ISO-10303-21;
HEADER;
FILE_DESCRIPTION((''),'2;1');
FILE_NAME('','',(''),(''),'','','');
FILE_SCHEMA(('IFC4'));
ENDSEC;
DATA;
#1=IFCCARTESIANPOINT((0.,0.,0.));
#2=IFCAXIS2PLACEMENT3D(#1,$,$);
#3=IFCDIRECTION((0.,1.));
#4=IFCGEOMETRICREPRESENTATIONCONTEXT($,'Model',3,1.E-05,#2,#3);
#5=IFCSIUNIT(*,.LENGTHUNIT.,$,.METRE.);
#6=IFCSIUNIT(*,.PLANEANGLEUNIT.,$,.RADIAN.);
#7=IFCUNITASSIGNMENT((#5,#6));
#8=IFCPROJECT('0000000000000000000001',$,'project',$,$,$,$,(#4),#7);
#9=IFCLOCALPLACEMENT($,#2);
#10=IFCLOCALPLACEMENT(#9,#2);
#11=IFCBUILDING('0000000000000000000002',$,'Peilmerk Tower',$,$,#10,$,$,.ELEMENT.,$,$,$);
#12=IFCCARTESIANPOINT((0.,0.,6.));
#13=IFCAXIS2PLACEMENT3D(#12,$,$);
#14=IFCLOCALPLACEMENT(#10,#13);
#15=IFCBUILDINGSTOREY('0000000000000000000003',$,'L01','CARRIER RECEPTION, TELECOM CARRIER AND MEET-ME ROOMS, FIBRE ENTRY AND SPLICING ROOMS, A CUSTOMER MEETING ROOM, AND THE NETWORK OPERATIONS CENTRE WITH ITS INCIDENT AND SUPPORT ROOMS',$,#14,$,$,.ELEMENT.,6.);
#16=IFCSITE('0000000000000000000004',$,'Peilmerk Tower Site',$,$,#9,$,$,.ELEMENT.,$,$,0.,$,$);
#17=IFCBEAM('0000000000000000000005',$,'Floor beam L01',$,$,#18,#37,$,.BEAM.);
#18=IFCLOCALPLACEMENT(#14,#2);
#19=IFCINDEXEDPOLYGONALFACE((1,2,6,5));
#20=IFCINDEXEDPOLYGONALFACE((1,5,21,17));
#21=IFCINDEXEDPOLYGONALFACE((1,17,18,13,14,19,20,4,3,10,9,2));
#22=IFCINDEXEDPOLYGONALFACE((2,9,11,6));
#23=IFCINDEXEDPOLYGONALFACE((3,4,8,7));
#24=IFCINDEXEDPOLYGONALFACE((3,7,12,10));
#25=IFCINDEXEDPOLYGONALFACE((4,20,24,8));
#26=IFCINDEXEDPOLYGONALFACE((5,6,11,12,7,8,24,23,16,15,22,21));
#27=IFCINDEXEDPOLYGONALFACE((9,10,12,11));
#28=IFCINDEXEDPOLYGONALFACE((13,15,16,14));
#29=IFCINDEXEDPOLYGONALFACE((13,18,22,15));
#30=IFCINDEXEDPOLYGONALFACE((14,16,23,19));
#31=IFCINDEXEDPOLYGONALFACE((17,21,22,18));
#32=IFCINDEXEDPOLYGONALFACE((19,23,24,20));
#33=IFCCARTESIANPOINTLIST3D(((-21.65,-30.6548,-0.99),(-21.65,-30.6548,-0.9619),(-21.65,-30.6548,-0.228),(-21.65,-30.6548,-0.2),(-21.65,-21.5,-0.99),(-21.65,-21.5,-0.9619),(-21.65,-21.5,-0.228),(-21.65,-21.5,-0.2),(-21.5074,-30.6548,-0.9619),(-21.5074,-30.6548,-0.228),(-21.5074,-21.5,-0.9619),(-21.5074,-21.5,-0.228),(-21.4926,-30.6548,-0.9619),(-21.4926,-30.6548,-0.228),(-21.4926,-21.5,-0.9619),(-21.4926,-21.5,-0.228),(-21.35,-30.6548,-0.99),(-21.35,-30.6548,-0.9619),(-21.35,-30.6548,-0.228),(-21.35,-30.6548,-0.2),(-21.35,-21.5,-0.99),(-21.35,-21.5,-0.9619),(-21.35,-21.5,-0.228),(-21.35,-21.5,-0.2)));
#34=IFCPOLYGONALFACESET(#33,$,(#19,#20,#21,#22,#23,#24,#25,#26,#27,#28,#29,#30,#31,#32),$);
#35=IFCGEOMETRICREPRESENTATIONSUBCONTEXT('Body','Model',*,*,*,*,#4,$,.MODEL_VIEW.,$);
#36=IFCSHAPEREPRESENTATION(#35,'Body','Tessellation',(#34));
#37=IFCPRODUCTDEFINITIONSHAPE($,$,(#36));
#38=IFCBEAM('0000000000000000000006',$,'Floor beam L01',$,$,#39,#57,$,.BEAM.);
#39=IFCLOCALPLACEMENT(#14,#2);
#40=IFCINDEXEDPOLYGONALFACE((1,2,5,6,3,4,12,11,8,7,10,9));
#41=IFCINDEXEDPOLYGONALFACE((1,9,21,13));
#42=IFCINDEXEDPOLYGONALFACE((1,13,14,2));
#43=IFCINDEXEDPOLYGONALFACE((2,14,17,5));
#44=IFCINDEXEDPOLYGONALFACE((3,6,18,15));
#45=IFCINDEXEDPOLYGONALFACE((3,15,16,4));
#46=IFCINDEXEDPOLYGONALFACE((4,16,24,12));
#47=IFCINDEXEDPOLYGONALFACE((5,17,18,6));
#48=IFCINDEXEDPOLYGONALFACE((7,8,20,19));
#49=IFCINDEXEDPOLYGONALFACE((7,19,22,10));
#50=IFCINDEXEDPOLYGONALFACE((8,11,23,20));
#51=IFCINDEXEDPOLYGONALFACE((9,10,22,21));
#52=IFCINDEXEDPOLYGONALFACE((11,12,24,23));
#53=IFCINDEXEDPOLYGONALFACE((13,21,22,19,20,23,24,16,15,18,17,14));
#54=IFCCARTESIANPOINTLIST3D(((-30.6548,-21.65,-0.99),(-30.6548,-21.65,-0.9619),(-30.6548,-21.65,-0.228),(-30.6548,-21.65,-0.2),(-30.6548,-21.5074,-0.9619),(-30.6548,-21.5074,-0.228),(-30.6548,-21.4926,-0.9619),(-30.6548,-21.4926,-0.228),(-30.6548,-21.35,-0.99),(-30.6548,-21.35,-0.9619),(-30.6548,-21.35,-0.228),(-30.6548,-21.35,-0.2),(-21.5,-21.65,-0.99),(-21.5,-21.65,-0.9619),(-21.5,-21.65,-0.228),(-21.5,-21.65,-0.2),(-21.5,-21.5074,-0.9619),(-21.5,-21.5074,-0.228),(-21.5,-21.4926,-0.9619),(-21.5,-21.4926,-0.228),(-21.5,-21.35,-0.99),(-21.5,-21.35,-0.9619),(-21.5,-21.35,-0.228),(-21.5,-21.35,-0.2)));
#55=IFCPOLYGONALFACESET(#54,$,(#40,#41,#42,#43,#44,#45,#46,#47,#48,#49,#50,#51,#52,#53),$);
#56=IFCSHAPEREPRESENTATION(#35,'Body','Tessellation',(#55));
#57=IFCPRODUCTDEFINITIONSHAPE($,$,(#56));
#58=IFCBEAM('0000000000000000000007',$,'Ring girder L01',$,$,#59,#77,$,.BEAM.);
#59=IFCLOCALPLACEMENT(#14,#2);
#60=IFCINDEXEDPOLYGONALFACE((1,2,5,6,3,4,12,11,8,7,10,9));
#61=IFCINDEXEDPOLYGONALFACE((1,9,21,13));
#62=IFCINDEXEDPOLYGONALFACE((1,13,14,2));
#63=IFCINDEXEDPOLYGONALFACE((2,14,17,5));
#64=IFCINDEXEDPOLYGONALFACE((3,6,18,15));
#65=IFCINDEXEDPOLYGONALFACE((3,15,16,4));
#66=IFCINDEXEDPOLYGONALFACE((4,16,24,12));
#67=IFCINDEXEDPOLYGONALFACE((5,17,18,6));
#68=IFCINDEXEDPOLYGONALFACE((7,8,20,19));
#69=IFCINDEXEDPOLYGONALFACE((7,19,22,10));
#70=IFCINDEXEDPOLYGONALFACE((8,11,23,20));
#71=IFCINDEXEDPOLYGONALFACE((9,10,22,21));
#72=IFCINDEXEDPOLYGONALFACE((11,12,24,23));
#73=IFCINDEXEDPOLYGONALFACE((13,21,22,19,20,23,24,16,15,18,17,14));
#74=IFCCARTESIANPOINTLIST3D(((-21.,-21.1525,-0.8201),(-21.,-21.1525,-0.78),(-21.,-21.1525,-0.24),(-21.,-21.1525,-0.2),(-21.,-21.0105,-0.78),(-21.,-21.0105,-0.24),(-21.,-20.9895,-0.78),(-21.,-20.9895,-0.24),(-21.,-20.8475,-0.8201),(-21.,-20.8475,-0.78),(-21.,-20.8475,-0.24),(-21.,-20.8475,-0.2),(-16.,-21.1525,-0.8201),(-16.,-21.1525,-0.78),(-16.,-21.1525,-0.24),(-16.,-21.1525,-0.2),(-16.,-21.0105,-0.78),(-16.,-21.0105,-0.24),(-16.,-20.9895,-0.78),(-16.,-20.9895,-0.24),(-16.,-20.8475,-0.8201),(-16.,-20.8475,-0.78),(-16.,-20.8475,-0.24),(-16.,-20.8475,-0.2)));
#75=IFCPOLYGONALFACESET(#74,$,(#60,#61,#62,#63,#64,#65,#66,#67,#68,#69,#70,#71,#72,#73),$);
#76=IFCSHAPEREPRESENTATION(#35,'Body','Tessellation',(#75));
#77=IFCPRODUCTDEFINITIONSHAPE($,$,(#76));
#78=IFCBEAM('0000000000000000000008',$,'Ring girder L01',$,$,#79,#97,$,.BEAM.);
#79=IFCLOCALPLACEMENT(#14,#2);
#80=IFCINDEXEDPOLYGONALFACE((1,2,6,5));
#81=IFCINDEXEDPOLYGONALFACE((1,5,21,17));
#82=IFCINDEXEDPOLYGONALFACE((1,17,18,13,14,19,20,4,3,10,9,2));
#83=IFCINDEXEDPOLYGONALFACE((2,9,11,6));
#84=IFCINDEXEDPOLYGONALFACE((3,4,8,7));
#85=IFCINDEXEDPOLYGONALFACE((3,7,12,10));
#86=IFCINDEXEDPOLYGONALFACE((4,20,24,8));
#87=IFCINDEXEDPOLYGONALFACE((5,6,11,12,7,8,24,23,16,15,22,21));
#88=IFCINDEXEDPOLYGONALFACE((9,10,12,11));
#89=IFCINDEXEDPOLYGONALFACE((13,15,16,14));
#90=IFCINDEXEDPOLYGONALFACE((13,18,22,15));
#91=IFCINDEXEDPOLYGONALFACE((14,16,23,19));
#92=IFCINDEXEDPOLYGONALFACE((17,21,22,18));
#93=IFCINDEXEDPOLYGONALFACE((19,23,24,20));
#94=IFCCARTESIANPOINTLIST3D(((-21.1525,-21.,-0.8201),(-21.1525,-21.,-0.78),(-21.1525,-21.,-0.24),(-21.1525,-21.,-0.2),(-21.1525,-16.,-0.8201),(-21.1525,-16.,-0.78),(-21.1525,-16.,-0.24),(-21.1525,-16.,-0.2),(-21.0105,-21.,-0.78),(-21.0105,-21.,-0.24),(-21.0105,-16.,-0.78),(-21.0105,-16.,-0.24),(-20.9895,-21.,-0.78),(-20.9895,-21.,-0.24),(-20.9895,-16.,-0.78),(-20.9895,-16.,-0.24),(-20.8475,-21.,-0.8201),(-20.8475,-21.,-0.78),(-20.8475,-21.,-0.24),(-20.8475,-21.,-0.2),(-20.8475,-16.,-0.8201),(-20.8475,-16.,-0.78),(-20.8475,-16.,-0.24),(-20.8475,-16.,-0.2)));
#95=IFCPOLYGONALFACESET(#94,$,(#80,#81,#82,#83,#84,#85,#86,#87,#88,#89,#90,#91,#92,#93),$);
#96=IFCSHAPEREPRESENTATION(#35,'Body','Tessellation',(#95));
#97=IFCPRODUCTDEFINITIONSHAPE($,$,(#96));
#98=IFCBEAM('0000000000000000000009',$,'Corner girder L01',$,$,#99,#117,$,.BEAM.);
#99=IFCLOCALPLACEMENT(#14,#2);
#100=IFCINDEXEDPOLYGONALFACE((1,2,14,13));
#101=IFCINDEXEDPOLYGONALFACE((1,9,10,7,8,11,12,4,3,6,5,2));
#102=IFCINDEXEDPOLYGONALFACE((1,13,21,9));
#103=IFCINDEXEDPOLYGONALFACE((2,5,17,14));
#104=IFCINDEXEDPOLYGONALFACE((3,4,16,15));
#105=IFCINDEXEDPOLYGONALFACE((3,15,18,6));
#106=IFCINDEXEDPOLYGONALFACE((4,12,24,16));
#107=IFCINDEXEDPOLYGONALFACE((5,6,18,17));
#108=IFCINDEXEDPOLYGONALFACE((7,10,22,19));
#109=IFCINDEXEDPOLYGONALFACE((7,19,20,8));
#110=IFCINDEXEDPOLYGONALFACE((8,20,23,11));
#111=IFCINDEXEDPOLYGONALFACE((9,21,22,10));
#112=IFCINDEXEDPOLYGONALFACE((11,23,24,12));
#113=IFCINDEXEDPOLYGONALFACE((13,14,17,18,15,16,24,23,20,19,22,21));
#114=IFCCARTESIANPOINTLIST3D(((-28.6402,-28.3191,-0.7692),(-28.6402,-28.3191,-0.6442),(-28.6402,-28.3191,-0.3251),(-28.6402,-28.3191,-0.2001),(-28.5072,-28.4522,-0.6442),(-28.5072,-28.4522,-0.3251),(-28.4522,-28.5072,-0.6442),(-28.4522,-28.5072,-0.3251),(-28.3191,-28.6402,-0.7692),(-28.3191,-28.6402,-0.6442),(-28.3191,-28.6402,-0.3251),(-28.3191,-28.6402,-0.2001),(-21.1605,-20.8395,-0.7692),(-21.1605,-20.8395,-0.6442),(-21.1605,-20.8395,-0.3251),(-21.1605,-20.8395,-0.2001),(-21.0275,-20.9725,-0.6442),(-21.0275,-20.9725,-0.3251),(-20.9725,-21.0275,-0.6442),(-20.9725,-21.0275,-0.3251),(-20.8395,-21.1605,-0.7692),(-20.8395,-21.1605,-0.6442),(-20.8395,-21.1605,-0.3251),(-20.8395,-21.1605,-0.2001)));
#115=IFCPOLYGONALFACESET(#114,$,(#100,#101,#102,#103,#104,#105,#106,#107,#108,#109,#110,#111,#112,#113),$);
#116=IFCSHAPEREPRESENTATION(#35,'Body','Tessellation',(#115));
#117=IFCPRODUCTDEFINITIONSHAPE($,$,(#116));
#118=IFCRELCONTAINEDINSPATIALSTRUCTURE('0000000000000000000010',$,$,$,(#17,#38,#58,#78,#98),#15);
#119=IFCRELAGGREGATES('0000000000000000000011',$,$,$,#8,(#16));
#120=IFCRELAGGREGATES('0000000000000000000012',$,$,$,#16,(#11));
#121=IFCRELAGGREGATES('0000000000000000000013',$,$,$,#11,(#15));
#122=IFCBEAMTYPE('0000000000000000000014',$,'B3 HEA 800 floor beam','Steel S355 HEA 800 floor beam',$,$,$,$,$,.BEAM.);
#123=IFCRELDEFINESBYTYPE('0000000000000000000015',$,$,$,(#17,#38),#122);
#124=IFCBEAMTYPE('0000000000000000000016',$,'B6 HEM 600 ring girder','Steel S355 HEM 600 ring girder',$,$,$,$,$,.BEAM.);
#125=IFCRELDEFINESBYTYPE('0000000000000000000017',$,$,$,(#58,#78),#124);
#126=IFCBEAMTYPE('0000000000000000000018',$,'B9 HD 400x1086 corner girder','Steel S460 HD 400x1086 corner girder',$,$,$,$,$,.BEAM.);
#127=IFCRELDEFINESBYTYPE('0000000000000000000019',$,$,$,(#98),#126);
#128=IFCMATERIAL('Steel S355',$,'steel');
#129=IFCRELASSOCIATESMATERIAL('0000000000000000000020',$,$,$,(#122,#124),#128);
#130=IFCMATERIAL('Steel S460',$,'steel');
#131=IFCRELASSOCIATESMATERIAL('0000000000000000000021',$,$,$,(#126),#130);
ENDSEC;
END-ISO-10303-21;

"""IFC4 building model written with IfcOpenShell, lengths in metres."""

from ifc_helpers import new_model, si_unit, direction, frame, origin, origin_2d, place, context, subcontext, project, spatial, i_section, extrude, material, material_profile, profile_set, type_object, element, save


model = new_model("IFC4")

# Units and contexts
model_context = context("Model", 3, precision=1e-05, world=origin(), true_north=direction((0.0, 1.0)))
body_context = subcontext(model_context, "Body", "Model", "MODEL_VIEW")
ifc_project = project(units=[si_unit("LENGTHUNIT", "METRE"), si_unit("PLANEANGLEUNIT", "RADIAN")], contexts=[model_context])

# Site, building, storey
site_placement = place(None, origin())
site = spatial("IfcSite", under=ifc_project, at=site_placement, Name="Peilmerk Tower Site", CompositionType="ELEMENT", RefElevation=0.0)
building_placement = place(site_placement, origin())
building = spatial("IfcBuilding", under=site, at=building_placement, Name="Peilmerk Tower", CompositionType="ELEMENT")
storey_placement = place(building_placement, frame((0.0, 0.0, 6.0)))
storey = spatial("IfcBuildingStorey", under=building, at=storey_placement, Name="L01", Description="CARRIER RECEPTION, TELECOM CARRIER AND MEET-ME ROOMS, FIBRE ENTRY AND SPLICING ROOMS, A CUSTOMER MEETING ROOM, AND THE NETWORK OPERATIONS CENTRE WITH ITS INCIDENT AND SUPPORT ROOMS", CompositionType="ELEMENT", Elevation=6.0)

# Beams
ifc_material_1 = material(Name="Steel S355", Category="steel")
ifc_material_profile_1 = material_profile(ifc_material_1, i_section(OverallWidth=0.3, OverallDepth=0.79, WebThickness=0.0149, FlangeThickness=0.0281, at=origin_2d()), Name="HEA 800")
ifc_profile_set_1 = profile_set([ifc_material_profile_1], Name="Steel S355")
beam_type_1 = type_object("IfcBeamType", Name="B3 HEA 800 floor beam", Description="Steel S355 HEA 800 floor beam", PredefinedType="BEAM", material=ifc_profile_set_1)
for number, where, z_axis, x_axis, name in (
    (1, (-21.5, -21.5, -0.595), (0.0, -1.0, 0.0), (1.0, 0.0, 0.0), "Floor beam L01"),
    (2, (-21.5, -21.5, -0.595), (-1.0, 0.0, 0.0), (0.0, -1.0, 0.0), "Floor beam L01"),
):
    element("IfcBeam", number, at=place(storey_placement, frame(where, z_axis=z_axis, x_axis=x_axis)), inside=storey, type_object=beam_type_1, Name=name, PredefinedType="BEAM", context=body_context, shape_type="SweptSolid", body=[
        extrude(i_section(OverallWidth=0.3, OverallDepth=0.79, WebThickness=0.0149, FlangeThickness=0.0281, at=origin_2d()), origin(), (0.0, 0.0, 1.0), 9.1548),
    ])
ifc_material_profile_2 = material_profile(ifc_material_1, i_section(OverallWidth=0.3049, OverallDepth=0.6201, WebThickness=0.021, FlangeThickness=0.04, at=origin_2d()), Name="HEM 600")
ifc_profile_set_2 = profile_set([ifc_material_profile_2], Name="Steel S355")
beam_type_2 = type_object("IfcBeamType", Name="B6 HEM 600 ring girder", Description="Steel S355 HEM 600 ring girder", PredefinedType="BEAM", material=ifc_profile_set_2)
for number, where, z_axis, x_axis, name in (
    (3, (-21.0, -21.0, -0.51), (1.0, 0.0, 0.0), (0.0, 1.0, 0.0), "Ring girder L01"),
    (4, (-21.0, -16.0, -0.51), (0.0, -1.0, 0.0), (1.0, 0.0, 0.0), "Ring girder L01"),
):
    element("IfcBeam", number, at=place(storey_placement, frame(where, z_axis=z_axis, x_axis=x_axis)), inside=storey, type_object=beam_type_2, Name=name, PredefinedType="BEAM", context=body_context, shape_type="SweptSolid", body=[
        extrude(i_section(OverallWidth=0.3049, OverallDepth=0.6201, WebThickness=0.021, FlangeThickness=0.04, at=origin_2d()), origin(), (0.0, 0.0, 1.0), 5.0),
    ])
ifc_material_2 = material(Name="Steel S460", Category="steel")
ifc_material_profile_3 = material_profile(ifc_material_2, i_section(OverallWidth=0.4541, OverallDepth=0.5691, WebThickness=0.0779, FlangeThickness=0.125, at=origin_2d()), Name="HD 400x1086")
ifc_profile_set_3 = profile_set([ifc_material_profile_3], Name="Steel S460")
beam_type_3 = type_object("IfcBeamType", Name="B9 HD 400x1086 corner girder", Description="Steel S460 HD 400x1086 corner girder", PredefinedType="BEAM", material=ifc_profile_set_3)
beam_1_placement = place(storey_placement, frame((-21.0, -21.0, -0.4846), z_axis=(-0.707107, -0.707107, 0.0), x_axis=(0.707107, -0.707107, 0.0)))
element("IfcBeam", 5, at=beam_1_placement, inside=storey, type_object=beam_type_3, Name="Corner girder L01", PredefinedType="BEAM", context=body_context, shape_type="SweptSolid", body=[
    extrude(i_section(OverallWidth=0.4541, OverallDepth=0.5691, WebThickness=0.0779, FlangeThickness=0.125, at=origin_2d()), origin(), (0.0, 0.0, 1.0), 10.5779),
])

save(model, "model.ifc")
